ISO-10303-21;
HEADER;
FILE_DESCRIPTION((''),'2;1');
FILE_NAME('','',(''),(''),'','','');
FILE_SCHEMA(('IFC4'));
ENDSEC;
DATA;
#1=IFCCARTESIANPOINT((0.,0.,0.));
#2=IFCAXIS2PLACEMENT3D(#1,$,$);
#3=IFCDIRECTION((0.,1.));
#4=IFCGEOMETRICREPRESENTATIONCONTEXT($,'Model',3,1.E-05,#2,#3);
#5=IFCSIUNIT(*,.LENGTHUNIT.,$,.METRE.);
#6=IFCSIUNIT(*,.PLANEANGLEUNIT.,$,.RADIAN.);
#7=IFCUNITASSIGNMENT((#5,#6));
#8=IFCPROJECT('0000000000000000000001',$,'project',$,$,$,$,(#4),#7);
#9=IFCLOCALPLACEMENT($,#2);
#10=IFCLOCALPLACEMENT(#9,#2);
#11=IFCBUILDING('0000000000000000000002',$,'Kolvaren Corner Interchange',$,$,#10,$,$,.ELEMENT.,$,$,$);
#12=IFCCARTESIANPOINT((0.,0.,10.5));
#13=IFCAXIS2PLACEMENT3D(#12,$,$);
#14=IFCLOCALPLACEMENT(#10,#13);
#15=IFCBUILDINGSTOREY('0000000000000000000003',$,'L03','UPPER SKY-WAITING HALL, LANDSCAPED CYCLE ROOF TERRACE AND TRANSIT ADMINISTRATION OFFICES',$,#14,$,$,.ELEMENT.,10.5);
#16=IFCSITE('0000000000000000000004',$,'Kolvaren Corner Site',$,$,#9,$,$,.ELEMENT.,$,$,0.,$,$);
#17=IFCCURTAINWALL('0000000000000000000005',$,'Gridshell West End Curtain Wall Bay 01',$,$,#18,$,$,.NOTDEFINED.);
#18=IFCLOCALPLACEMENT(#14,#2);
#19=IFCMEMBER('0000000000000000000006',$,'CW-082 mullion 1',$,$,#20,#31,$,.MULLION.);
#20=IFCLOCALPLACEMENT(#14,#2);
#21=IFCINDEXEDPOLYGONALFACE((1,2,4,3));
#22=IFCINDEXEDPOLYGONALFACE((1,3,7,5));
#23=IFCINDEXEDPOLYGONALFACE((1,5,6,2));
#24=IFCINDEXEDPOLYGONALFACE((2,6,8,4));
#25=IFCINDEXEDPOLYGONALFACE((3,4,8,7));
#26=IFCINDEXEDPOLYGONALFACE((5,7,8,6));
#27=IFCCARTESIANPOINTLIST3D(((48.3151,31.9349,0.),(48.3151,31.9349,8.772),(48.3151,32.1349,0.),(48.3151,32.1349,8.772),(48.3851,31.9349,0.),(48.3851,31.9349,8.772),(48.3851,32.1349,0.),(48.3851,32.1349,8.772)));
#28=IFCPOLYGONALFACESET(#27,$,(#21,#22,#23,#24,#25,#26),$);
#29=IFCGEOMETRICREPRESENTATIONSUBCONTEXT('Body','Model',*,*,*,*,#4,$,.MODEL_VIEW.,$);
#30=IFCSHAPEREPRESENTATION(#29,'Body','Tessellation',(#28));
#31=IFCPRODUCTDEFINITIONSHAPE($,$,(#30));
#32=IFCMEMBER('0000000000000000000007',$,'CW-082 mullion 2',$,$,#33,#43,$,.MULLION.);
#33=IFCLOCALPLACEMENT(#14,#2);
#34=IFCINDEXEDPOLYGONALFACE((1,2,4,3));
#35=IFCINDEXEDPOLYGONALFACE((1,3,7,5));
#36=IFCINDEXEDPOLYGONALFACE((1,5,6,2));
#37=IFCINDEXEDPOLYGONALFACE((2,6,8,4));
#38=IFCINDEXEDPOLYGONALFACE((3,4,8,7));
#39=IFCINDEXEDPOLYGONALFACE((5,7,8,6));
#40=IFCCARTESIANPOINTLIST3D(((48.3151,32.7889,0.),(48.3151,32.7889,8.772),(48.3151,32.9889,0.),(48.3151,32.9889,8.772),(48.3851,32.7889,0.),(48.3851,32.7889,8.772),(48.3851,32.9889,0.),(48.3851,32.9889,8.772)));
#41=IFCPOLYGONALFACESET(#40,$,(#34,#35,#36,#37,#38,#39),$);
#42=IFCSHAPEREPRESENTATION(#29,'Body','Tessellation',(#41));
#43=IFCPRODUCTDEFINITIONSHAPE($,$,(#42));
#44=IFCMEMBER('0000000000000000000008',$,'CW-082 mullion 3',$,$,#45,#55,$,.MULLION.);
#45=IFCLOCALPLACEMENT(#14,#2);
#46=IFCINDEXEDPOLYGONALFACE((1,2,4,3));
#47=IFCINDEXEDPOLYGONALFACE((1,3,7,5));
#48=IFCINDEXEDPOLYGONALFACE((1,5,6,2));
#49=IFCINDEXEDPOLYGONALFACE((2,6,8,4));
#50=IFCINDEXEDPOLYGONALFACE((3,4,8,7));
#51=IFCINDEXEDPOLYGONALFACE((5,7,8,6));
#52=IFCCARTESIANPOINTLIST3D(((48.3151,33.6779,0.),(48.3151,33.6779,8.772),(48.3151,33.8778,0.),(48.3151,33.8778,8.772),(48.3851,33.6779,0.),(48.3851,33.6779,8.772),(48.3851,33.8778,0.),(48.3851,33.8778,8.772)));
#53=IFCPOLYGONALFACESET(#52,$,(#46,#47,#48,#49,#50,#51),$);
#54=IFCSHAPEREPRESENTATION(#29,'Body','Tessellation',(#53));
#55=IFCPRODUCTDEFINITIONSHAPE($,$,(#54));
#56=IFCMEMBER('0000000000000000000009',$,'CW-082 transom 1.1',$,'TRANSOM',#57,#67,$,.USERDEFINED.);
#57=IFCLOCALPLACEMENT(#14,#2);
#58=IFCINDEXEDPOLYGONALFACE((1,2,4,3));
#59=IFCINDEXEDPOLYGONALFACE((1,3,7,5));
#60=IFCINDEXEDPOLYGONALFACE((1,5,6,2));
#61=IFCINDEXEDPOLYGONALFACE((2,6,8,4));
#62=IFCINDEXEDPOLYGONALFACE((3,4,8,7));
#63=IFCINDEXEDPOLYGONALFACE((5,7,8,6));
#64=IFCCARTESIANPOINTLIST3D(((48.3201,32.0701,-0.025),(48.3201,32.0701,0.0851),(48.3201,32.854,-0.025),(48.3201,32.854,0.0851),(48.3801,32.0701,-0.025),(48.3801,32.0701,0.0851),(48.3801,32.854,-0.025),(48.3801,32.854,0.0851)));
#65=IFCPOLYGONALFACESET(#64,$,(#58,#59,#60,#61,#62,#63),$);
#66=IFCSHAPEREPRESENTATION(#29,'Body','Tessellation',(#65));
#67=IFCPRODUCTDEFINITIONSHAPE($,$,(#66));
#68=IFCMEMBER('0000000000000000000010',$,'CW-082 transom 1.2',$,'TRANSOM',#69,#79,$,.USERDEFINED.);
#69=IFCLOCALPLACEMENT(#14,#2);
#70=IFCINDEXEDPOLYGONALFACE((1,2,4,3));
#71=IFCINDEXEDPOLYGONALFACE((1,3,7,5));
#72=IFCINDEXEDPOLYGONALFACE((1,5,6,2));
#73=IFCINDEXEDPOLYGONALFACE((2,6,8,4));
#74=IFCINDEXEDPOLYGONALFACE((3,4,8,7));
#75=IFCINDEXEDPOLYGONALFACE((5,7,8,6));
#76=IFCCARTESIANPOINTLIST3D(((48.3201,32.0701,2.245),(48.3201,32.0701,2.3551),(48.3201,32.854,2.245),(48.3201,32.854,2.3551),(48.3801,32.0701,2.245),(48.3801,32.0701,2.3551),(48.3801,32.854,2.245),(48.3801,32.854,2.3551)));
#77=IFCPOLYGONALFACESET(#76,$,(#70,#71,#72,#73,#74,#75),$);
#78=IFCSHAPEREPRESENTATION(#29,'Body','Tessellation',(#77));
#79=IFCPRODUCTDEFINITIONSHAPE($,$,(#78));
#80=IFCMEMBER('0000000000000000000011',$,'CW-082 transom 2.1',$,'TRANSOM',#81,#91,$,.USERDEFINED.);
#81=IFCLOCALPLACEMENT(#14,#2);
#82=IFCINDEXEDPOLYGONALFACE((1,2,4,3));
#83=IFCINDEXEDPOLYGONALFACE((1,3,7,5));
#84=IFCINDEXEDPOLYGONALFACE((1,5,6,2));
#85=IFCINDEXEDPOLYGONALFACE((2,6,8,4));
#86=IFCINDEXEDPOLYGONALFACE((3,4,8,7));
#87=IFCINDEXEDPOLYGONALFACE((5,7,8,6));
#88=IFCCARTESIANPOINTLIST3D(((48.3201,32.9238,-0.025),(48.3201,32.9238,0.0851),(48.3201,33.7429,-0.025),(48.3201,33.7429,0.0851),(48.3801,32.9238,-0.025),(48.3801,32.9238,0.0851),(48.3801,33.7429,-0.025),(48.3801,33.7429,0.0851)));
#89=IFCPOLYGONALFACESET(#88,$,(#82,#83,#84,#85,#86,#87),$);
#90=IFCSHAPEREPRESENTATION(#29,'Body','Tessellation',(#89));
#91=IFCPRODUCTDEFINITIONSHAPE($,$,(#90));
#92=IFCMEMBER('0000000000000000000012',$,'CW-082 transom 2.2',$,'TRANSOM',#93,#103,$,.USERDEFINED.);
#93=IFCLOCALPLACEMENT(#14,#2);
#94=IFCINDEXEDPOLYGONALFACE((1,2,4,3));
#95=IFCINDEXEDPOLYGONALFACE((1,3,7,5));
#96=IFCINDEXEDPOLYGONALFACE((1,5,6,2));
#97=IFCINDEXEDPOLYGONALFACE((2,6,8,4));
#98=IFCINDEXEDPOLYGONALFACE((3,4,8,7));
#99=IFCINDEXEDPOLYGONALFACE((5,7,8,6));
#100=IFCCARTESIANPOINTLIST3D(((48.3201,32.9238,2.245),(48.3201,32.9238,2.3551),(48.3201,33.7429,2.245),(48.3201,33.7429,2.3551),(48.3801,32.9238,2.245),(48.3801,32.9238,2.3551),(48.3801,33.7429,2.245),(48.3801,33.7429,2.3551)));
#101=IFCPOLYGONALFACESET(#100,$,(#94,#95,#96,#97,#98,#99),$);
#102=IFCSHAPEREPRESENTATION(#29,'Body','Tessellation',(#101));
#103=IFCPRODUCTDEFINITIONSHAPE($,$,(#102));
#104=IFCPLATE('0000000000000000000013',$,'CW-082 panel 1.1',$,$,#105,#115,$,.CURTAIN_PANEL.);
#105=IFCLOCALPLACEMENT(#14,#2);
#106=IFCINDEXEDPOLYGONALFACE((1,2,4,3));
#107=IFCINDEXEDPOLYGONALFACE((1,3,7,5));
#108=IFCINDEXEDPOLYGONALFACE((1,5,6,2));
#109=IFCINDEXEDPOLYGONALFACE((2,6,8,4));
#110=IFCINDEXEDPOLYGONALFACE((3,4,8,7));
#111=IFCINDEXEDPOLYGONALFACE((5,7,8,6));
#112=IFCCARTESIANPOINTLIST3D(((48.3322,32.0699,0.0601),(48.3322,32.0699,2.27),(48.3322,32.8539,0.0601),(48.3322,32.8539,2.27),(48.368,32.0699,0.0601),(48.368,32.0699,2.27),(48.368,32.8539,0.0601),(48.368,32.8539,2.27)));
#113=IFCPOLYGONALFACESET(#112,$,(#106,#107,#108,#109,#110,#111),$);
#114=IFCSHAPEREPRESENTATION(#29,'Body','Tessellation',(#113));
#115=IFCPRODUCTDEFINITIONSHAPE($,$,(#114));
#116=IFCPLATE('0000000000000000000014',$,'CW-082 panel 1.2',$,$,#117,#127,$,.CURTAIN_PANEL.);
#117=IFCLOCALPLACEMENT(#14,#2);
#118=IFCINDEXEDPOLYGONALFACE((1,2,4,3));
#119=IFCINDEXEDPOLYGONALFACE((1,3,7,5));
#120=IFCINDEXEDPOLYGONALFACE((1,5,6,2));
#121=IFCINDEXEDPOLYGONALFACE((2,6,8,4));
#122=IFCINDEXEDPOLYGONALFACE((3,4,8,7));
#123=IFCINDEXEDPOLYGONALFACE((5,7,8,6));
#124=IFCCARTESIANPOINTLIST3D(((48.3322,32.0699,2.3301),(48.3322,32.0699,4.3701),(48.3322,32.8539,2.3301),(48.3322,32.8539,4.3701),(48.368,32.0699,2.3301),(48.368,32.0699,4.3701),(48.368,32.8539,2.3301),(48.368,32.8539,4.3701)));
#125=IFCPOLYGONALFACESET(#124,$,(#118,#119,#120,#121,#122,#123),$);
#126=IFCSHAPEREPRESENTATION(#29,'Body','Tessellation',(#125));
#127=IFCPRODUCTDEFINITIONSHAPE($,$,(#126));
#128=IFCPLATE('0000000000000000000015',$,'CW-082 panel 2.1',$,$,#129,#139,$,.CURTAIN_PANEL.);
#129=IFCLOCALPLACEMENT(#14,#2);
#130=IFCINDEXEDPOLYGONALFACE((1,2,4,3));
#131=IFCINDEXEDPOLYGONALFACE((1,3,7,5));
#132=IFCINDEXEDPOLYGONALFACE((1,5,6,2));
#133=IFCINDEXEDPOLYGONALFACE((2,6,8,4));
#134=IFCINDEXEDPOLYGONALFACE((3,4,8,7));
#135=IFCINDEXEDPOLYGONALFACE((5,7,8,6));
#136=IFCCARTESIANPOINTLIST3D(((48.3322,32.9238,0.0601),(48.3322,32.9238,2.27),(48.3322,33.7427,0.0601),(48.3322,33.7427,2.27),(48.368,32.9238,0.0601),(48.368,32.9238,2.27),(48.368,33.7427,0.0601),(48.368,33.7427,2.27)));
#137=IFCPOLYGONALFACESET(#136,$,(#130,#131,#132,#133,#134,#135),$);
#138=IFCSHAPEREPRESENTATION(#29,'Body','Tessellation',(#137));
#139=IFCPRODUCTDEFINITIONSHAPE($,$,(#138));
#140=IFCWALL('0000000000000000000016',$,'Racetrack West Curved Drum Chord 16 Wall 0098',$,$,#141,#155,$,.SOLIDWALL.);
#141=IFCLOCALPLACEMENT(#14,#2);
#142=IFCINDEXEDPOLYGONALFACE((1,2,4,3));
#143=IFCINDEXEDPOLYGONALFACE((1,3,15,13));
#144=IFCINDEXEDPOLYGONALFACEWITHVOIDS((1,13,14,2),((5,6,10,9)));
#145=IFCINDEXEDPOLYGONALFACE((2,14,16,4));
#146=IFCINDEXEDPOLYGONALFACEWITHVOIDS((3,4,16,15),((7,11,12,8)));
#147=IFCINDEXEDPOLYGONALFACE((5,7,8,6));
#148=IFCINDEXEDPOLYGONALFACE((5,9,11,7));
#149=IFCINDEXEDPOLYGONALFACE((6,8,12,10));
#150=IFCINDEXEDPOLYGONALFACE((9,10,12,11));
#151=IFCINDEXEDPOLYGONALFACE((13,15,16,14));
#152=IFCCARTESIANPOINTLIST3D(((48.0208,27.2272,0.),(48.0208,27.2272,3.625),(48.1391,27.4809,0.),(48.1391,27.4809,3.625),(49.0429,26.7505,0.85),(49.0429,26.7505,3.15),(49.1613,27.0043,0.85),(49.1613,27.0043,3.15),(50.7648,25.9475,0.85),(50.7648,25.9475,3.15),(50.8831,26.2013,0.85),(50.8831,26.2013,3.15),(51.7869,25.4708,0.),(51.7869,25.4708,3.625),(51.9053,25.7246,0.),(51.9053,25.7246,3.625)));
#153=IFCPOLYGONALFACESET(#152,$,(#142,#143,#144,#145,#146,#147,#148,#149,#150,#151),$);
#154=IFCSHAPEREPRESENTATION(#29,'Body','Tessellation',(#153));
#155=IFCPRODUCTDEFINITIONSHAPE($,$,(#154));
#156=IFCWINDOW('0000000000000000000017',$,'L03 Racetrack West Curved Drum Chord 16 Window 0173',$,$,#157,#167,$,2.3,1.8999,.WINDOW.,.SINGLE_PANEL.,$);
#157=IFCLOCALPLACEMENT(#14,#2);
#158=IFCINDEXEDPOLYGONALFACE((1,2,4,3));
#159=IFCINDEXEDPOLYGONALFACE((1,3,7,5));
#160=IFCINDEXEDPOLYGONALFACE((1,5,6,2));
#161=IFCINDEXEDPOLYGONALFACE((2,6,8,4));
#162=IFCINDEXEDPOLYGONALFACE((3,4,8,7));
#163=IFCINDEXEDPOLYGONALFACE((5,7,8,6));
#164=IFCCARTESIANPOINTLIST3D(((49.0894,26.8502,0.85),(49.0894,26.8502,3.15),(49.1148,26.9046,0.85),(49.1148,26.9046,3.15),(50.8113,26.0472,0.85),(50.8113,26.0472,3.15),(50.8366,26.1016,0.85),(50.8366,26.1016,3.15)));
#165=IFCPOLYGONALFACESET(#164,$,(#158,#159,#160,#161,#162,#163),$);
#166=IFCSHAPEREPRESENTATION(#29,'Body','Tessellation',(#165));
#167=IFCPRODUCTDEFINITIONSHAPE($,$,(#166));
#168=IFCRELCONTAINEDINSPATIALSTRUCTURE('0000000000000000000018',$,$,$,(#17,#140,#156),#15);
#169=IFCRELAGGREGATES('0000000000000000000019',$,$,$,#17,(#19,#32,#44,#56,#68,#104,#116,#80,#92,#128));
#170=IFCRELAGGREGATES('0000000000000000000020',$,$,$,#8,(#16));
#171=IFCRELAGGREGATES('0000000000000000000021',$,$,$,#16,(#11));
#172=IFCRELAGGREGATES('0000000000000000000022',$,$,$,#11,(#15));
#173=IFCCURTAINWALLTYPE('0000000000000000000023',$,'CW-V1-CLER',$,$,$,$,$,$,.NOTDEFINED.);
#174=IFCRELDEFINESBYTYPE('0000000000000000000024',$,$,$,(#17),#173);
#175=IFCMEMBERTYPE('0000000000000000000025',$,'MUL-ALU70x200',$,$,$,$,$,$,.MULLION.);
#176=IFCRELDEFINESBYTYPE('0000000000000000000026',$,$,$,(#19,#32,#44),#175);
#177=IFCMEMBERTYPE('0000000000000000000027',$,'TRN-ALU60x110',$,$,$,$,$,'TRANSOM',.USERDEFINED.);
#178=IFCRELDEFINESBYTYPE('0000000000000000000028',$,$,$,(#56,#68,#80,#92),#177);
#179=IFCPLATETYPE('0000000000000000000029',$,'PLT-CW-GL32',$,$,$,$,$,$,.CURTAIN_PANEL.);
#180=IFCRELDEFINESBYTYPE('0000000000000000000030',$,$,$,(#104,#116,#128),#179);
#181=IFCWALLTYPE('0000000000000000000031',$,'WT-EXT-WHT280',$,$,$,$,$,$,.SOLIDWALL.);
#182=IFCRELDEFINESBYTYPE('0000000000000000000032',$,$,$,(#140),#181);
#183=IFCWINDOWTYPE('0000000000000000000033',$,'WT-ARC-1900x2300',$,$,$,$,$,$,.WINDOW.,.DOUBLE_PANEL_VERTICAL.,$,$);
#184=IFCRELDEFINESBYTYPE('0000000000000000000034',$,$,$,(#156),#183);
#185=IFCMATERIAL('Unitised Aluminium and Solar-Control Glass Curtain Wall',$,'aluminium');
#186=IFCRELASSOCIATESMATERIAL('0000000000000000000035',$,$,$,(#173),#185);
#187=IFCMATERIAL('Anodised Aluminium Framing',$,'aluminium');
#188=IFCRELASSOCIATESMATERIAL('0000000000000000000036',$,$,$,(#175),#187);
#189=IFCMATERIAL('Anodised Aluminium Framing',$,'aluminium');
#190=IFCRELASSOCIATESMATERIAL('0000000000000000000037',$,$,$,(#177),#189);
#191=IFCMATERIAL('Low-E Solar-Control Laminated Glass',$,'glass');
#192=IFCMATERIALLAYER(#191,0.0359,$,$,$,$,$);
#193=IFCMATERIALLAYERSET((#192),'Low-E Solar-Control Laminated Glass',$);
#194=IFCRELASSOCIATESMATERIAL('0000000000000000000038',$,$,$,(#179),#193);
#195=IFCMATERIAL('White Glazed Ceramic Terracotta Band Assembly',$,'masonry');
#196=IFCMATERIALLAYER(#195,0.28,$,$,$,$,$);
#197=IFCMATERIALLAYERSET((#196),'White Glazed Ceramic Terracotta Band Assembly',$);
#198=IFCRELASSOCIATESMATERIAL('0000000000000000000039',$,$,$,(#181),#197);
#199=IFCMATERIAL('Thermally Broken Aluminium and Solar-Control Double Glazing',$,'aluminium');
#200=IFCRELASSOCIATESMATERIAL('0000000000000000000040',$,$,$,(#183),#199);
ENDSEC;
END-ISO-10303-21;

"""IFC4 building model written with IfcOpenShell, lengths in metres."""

from ifc_helpers import new_model, si_unit, direction, frame, frame_2d, origin, origin_2d, place, context, subcontext, project, spatial, rectangle, extrude, material, layer, layer_set, material_profile, profile_set, type_object, element, fill, aggregate, save


model = new_model("IFC4")

# Units and contexts
model_context = context("Model", 3, precision=1e-05, world=origin(), true_north=direction((0.0, 1.0)))
body_context = subcontext(model_context, "Body", "Model", "MODEL_VIEW")
ifc_project = project(units=[si_unit("LENGTHUNIT", "METRE"), si_unit("PLANEANGLEUNIT", "RADIAN")], contexts=[model_context])

# Site, building, storey
site_placement = place(None, origin())
site = spatial("IfcSite", under=ifc_project, at=site_placement, Name="Kolvaren Corner Site", CompositionType="ELEMENT", RefElevation=0.0)
building_placement = place(site_placement, origin())
building = spatial("IfcBuilding", under=site, at=building_placement, Name="Kolvaren Corner Interchange", CompositionType="ELEMENT")
storey_placement = place(building_placement, frame((0.0, 0.0, 10.5)))
storey = spatial("IfcBuildingStorey", under=building, at=storey_placement, Name="L03", Description="UPPER SKY-WAITING HALL, LANDSCAPED CYCLE ROOF TERRACE AND TRANSIT ADMINISTRATION OFFICES", CompositionType="ELEMENT", Elevation=10.5)

# Curtain wall, members, plates
ifc_material_1 = material(Name="Unitised Aluminium and Solar-Control Glass Curtain Wall", Category="aluminium")
curtain_wall_type = type_object("IfcCurtainWallType", Name="CW-V1-CLER", PredefinedType="NOTDEFINED", material=ifc_material_1)
curtain_wall_placement = place(storey_placement, origin())
curtain_wall = element("IfcCurtainWall", 1, at=curtain_wall_placement, inside=storey, type_object=curtain_wall_type, Name="Gridshell West End Curtain Wall Bay 01", PredefinedType="NOTDEFINED")
ifc_material_2 = material(Name="Anodised Aluminium Framing", Category="aluminium")
ifc_material_profile_1 = material_profile(ifc_material_2, rectangle(XDim=0.0701, YDim=0.2, at=origin_2d()), Name="ALU 70x200")
ifc_profile_set_1 = profile_set([ifc_material_profile_1], Name="Anodised Aluminium Framing")
member_type_1 = type_object("IfcMemberType", Name="MUL-ALU70x200", PredefinedType="MULLION", material=ifc_profile_set_1)
member_1_placement = place(storey_placement, frame((48.3501, 32.0349, 0.0), z_axis=(0.0, 0.0, 1.0), x_axis=(-1.0, 0.0, 0.0)))
member_1 = element("IfcMember", 2, at=member_1_placement, type_object=member_type_1, Name="CW-082 mullion 1", PredefinedType="MULLION", context=body_context, shape_type="SweptSolid", body=[
    extrude(rectangle(XDim=0.0701, YDim=0.2, at=origin_2d()), origin(), (0.0, 0.0, 1.0), 8.772),
])
member_2_placement = place(storey_placement, frame((48.3501, 32.8889, 0.0), z_axis=(0.0, 0.0, 1.0), x_axis=(-1.0, 0.0, 0.0)))
member_2 = element("IfcMember", 3, at=member_2_placement, type_object=member_type_1, Name="CW-082 mullion 2", PredefinedType="MULLION", context=body_context, shape_type="SweptSolid", body=[
    extrude(rectangle(XDim=0.0701, YDim=0.2, at=origin_2d()), origin(), (0.0, 0.0, 1.0), 8.772),
])
member_3_placement = place(storey_placement, frame((48.3501, 33.7778, 0.0), z_axis=(0.0, 0.0, 1.0), x_axis=(-1.0, 0.0, 0.0)))
member_3 = element("IfcMember", 4, at=member_3_placement, type_object=member_type_1, Name="CW-082 mullion 3", PredefinedType="MULLION", context=body_context, shape_type="SweptSolid", body=[
    extrude(rectangle(XDim=0.0701, YDim=0.2, at=origin_2d()), origin(), (0.0, 0.0, 1.0), 8.772),
])
ifc_material_3 = material(Name="Anodised Aluminium Framing", Category="aluminium")
ifc_material_profile_2 = material_profile(ifc_material_3, rectangle(XDim=0.0601, YDim=0.1101, at=origin_2d()), Name="ALU 60x110")
ifc_profile_set_2 = profile_set([ifc_material_profile_2], Name="Anodised Aluminium Framing")
member_type_2 = type_object("IfcMemberType", Name="TRN-ALU60x110", ElementType="TRANSOM", PredefinedType="USERDEFINED", material=ifc_profile_set_2)
member_4_placement = place(storey_placement, frame((48.3501, 32.0701, 0.03), z_axis=(0.0, 1.0, 0.0), x_axis=(-1.0, 0.0, 0.0)))
member_4 = element("IfcMember", 5, at=member_4_placement, type_object=member_type_2, Name="CW-082 transom 1.1", ObjectType="TRANSOM", PredefinedType="USERDEFINED", context=body_context, shape_type="SweptSolid", body=[
    extrude(rectangle(XDim=0.0601, YDim=0.1101, at=origin_2d()), origin(), (0.0, 0.0, 1.0), 0.7839),
])
member_5_placement = place(storey_placement, frame((48.3501, 32.0701, 2.3), z_axis=(0.0, 1.0, 0.0), x_axis=(-1.0, 0.0, 0.0)))
member_5 = element("IfcMember", 6, at=member_5_placement, type_object=member_type_2, Name="CW-082 transom 1.2", ObjectType="TRANSOM", PredefinedType="USERDEFINED", context=body_context, shape_type="SweptSolid", body=[
    extrude(rectangle(XDim=0.0601, YDim=0.1101, at=origin_2d()), origin(), (0.0, 0.0, 1.0), 0.7839),
])
member_6_placement = place(storey_placement, frame((48.3501, 32.9238, 0.03), z_axis=(0.0, 1.0, 0.0), x_axis=(-1.0, 0.0, 0.0)))
member_6 = element("IfcMember", 7, at=member_6_placement, type_object=member_type_2, Name="CW-082 transom 2.1", ObjectType="TRANSOM", PredefinedType="USERDEFINED", context=body_context, shape_type="SweptSolid", body=[
    extrude(rectangle(XDim=0.0601, YDim=0.1101, at=origin_2d()), origin(), (0.0, 0.0, 1.0), 0.8191),
])
member_7_placement = place(storey_placement, frame((48.3501, 32.9238, 2.3), z_axis=(0.0, 1.0, 0.0), x_axis=(-1.0, 0.0, 0.0)))
member_7 = element("IfcMember", 8, at=member_7_placement, type_object=member_type_2, Name="CW-082 transom 2.2", ObjectType="TRANSOM", PredefinedType="USERDEFINED", context=body_context, shape_type="SweptSolid", body=[
    extrude(rectangle(XDim=0.0601, YDim=0.1101, at=origin_2d()), origin(), (0.0, 0.0, 1.0), 0.8191),
])
ifc_material_4 = material(Name="Low-E Solar-Control Laminated Glass", Category="glass")
ifc_layer_1 = layer(ifc_material_4, 0.0359)
ifc_layer_set_1 = layer_set([ifc_layer_1], Name="Low-E Solar-Control Laminated Glass")
plate_type = type_object("IfcPlateType", Name="PLT-CW-GL32", PredefinedType="CURTAIN_PANEL", material=ifc_layer_set_1)
plate_1_placement = place(storey_placement, frame((48.3501, 32.4619, 0.0601), z_axis=(0.0, 0.0, 1.0), x_axis=(0.0, 1.0, 0.0)))
plate_1 = element("IfcPlate", 9, at=plate_1_placement, type_object=plate_type, Name="CW-082 panel 1.1", PredefinedType="CURTAIN_PANEL", context=body_context, shape_type="SweptSolid", body=[
    extrude(rectangle(XDim=0.7839, YDim=0.0359, at=origin_2d()), origin(), (0.0, 0.0, 1.0), 2.21),
])
plate_2_placement = place(storey_placement, frame((48.3501, 32.4619, 2.3301), z_axis=(0.0, 0.0, 1.0), x_axis=(0.0, 1.0, 0.0)))
plate_2 = element("IfcPlate", 10, at=plate_2_placement, type_object=plate_type, Name="CW-082 panel 1.2", PredefinedType="CURTAIN_PANEL", context=body_context, shape_type="SweptSolid", body=[
    extrude(rectangle(XDim=0.7839, YDim=0.0359, at=origin_2d()), origin(), (0.0, 0.0, 1.0), 2.04),
])
plate_3_placement = place(storey_placement, frame((48.3501, 33.3333, 0.0601), z_axis=(0.0, 0.0, 1.0), x_axis=(0.0, 1.0, 0.0)))
plate_3 = element("IfcPlate", 11, at=plate_3_placement, type_object=plate_type, Name="CW-082 panel 2.1", PredefinedType="CURTAIN_PANEL", context=body_context, shape_type="SweptSolid", body=[
    extrude(rectangle(XDim=0.8188, YDim=0.0359, at=origin_2d()), origin(), (0.0, 0.0, 1.0), 2.21),
])
aggregate(curtain_wall, [member_1, member_2, member_3, member_4, member_5, plate_1, plate_2, member_6, member_7, plate_3])

# Wall, opening, window
ifc_material_5 = material(Name="White Glazed Ceramic Terracotta Band Assembly", Category="masonry")
ifc_layer_2 = layer(ifc_material_5, 0.28)
ifc_layer_set_2 = layer_set([ifc_layer_2], Name="White Glazed Ceramic Terracotta Band Assembly")
wall_type = type_object("IfcWallType", Name="WT-EXT-WHT280", PredefinedType="SOLIDWALL", material=ifc_layer_set_2)
wall_placement = place(storey_placement, frame((48.0801, 27.354, 0.0), z_axis=(0.0, 0.0, 1.0), x_axis=(0.906291, -0.422654, 0.0)))
wall = element("IfcWall", 12, at=wall_placement, inside=storey, type_object=wall_type, Name="Racetrack West Curved Drum Chord 16 Wall 0098", PredefinedType="SOLIDWALL", context=body_context, shape_type="SweptSolid", body=[
    extrude(rectangle(XDim=4.1555, YDim=0.28, at=frame_2d((2.0776, 0.0))), origin(), (0.0, 0.0, 1.0), 3.625),
])
opening_placement = place(wall_placement, frame((1.1277, 0.0, 0.8501)))
opening = element("IfcOpeningElement", 13, at=opening_placement, cuts=wall, PredefinedType="OPENING", context=body_context, shape_type="SweptSolid", body=[
    extrude(rectangle(XDim=1.8999, YDim=2.3, at=frame_2d((0.95, 1.1499))), frame((0.0, 0.1499, 0.0), z_axis=(0.0, -1.0, 0.0), x_axis=(1.0, 0.0, 0.0)), (0.0, 0.0, 1.0), 0.3),
])
ifc_material_6 = material(Name="Thermally Broken Aluminium and Solar-Control Double Glazing", Category="aluminium")
window_type = type_object("IfcWindowType", Name="WT-ARC-1900x2300", PartitioningType="DOUBLE_PANEL_VERTICAL", PredefinedType="WINDOW", material=ifc_material_6)
window_placement = place(opening_placement, origin())
window = element("IfcWindow", 14, at=window_placement, inside=storey, type_object=window_type, Name="L03 Racetrack West Curved Drum Chord 16 Window 0173", OverallHeight=2.3, OverallWidth=1.8999, PartitioningType="SINGLE_PANEL", PredefinedType="WINDOW", context=body_context, shape_type="SweptSolid", body=[
    extrude(rectangle(XDim=1.8999, YDim=2.3, at=frame_2d((0.95, 1.1499))), frame((0.0, 0.03, 0.0), z_axis=(0.0, -1.0, 0.0), x_axis=(1.0, 0.0, 0.0)), (0.0, 0.0, 1.0), 0.0601),
])
fill(opening, window)

save(model, "model.ifc")
